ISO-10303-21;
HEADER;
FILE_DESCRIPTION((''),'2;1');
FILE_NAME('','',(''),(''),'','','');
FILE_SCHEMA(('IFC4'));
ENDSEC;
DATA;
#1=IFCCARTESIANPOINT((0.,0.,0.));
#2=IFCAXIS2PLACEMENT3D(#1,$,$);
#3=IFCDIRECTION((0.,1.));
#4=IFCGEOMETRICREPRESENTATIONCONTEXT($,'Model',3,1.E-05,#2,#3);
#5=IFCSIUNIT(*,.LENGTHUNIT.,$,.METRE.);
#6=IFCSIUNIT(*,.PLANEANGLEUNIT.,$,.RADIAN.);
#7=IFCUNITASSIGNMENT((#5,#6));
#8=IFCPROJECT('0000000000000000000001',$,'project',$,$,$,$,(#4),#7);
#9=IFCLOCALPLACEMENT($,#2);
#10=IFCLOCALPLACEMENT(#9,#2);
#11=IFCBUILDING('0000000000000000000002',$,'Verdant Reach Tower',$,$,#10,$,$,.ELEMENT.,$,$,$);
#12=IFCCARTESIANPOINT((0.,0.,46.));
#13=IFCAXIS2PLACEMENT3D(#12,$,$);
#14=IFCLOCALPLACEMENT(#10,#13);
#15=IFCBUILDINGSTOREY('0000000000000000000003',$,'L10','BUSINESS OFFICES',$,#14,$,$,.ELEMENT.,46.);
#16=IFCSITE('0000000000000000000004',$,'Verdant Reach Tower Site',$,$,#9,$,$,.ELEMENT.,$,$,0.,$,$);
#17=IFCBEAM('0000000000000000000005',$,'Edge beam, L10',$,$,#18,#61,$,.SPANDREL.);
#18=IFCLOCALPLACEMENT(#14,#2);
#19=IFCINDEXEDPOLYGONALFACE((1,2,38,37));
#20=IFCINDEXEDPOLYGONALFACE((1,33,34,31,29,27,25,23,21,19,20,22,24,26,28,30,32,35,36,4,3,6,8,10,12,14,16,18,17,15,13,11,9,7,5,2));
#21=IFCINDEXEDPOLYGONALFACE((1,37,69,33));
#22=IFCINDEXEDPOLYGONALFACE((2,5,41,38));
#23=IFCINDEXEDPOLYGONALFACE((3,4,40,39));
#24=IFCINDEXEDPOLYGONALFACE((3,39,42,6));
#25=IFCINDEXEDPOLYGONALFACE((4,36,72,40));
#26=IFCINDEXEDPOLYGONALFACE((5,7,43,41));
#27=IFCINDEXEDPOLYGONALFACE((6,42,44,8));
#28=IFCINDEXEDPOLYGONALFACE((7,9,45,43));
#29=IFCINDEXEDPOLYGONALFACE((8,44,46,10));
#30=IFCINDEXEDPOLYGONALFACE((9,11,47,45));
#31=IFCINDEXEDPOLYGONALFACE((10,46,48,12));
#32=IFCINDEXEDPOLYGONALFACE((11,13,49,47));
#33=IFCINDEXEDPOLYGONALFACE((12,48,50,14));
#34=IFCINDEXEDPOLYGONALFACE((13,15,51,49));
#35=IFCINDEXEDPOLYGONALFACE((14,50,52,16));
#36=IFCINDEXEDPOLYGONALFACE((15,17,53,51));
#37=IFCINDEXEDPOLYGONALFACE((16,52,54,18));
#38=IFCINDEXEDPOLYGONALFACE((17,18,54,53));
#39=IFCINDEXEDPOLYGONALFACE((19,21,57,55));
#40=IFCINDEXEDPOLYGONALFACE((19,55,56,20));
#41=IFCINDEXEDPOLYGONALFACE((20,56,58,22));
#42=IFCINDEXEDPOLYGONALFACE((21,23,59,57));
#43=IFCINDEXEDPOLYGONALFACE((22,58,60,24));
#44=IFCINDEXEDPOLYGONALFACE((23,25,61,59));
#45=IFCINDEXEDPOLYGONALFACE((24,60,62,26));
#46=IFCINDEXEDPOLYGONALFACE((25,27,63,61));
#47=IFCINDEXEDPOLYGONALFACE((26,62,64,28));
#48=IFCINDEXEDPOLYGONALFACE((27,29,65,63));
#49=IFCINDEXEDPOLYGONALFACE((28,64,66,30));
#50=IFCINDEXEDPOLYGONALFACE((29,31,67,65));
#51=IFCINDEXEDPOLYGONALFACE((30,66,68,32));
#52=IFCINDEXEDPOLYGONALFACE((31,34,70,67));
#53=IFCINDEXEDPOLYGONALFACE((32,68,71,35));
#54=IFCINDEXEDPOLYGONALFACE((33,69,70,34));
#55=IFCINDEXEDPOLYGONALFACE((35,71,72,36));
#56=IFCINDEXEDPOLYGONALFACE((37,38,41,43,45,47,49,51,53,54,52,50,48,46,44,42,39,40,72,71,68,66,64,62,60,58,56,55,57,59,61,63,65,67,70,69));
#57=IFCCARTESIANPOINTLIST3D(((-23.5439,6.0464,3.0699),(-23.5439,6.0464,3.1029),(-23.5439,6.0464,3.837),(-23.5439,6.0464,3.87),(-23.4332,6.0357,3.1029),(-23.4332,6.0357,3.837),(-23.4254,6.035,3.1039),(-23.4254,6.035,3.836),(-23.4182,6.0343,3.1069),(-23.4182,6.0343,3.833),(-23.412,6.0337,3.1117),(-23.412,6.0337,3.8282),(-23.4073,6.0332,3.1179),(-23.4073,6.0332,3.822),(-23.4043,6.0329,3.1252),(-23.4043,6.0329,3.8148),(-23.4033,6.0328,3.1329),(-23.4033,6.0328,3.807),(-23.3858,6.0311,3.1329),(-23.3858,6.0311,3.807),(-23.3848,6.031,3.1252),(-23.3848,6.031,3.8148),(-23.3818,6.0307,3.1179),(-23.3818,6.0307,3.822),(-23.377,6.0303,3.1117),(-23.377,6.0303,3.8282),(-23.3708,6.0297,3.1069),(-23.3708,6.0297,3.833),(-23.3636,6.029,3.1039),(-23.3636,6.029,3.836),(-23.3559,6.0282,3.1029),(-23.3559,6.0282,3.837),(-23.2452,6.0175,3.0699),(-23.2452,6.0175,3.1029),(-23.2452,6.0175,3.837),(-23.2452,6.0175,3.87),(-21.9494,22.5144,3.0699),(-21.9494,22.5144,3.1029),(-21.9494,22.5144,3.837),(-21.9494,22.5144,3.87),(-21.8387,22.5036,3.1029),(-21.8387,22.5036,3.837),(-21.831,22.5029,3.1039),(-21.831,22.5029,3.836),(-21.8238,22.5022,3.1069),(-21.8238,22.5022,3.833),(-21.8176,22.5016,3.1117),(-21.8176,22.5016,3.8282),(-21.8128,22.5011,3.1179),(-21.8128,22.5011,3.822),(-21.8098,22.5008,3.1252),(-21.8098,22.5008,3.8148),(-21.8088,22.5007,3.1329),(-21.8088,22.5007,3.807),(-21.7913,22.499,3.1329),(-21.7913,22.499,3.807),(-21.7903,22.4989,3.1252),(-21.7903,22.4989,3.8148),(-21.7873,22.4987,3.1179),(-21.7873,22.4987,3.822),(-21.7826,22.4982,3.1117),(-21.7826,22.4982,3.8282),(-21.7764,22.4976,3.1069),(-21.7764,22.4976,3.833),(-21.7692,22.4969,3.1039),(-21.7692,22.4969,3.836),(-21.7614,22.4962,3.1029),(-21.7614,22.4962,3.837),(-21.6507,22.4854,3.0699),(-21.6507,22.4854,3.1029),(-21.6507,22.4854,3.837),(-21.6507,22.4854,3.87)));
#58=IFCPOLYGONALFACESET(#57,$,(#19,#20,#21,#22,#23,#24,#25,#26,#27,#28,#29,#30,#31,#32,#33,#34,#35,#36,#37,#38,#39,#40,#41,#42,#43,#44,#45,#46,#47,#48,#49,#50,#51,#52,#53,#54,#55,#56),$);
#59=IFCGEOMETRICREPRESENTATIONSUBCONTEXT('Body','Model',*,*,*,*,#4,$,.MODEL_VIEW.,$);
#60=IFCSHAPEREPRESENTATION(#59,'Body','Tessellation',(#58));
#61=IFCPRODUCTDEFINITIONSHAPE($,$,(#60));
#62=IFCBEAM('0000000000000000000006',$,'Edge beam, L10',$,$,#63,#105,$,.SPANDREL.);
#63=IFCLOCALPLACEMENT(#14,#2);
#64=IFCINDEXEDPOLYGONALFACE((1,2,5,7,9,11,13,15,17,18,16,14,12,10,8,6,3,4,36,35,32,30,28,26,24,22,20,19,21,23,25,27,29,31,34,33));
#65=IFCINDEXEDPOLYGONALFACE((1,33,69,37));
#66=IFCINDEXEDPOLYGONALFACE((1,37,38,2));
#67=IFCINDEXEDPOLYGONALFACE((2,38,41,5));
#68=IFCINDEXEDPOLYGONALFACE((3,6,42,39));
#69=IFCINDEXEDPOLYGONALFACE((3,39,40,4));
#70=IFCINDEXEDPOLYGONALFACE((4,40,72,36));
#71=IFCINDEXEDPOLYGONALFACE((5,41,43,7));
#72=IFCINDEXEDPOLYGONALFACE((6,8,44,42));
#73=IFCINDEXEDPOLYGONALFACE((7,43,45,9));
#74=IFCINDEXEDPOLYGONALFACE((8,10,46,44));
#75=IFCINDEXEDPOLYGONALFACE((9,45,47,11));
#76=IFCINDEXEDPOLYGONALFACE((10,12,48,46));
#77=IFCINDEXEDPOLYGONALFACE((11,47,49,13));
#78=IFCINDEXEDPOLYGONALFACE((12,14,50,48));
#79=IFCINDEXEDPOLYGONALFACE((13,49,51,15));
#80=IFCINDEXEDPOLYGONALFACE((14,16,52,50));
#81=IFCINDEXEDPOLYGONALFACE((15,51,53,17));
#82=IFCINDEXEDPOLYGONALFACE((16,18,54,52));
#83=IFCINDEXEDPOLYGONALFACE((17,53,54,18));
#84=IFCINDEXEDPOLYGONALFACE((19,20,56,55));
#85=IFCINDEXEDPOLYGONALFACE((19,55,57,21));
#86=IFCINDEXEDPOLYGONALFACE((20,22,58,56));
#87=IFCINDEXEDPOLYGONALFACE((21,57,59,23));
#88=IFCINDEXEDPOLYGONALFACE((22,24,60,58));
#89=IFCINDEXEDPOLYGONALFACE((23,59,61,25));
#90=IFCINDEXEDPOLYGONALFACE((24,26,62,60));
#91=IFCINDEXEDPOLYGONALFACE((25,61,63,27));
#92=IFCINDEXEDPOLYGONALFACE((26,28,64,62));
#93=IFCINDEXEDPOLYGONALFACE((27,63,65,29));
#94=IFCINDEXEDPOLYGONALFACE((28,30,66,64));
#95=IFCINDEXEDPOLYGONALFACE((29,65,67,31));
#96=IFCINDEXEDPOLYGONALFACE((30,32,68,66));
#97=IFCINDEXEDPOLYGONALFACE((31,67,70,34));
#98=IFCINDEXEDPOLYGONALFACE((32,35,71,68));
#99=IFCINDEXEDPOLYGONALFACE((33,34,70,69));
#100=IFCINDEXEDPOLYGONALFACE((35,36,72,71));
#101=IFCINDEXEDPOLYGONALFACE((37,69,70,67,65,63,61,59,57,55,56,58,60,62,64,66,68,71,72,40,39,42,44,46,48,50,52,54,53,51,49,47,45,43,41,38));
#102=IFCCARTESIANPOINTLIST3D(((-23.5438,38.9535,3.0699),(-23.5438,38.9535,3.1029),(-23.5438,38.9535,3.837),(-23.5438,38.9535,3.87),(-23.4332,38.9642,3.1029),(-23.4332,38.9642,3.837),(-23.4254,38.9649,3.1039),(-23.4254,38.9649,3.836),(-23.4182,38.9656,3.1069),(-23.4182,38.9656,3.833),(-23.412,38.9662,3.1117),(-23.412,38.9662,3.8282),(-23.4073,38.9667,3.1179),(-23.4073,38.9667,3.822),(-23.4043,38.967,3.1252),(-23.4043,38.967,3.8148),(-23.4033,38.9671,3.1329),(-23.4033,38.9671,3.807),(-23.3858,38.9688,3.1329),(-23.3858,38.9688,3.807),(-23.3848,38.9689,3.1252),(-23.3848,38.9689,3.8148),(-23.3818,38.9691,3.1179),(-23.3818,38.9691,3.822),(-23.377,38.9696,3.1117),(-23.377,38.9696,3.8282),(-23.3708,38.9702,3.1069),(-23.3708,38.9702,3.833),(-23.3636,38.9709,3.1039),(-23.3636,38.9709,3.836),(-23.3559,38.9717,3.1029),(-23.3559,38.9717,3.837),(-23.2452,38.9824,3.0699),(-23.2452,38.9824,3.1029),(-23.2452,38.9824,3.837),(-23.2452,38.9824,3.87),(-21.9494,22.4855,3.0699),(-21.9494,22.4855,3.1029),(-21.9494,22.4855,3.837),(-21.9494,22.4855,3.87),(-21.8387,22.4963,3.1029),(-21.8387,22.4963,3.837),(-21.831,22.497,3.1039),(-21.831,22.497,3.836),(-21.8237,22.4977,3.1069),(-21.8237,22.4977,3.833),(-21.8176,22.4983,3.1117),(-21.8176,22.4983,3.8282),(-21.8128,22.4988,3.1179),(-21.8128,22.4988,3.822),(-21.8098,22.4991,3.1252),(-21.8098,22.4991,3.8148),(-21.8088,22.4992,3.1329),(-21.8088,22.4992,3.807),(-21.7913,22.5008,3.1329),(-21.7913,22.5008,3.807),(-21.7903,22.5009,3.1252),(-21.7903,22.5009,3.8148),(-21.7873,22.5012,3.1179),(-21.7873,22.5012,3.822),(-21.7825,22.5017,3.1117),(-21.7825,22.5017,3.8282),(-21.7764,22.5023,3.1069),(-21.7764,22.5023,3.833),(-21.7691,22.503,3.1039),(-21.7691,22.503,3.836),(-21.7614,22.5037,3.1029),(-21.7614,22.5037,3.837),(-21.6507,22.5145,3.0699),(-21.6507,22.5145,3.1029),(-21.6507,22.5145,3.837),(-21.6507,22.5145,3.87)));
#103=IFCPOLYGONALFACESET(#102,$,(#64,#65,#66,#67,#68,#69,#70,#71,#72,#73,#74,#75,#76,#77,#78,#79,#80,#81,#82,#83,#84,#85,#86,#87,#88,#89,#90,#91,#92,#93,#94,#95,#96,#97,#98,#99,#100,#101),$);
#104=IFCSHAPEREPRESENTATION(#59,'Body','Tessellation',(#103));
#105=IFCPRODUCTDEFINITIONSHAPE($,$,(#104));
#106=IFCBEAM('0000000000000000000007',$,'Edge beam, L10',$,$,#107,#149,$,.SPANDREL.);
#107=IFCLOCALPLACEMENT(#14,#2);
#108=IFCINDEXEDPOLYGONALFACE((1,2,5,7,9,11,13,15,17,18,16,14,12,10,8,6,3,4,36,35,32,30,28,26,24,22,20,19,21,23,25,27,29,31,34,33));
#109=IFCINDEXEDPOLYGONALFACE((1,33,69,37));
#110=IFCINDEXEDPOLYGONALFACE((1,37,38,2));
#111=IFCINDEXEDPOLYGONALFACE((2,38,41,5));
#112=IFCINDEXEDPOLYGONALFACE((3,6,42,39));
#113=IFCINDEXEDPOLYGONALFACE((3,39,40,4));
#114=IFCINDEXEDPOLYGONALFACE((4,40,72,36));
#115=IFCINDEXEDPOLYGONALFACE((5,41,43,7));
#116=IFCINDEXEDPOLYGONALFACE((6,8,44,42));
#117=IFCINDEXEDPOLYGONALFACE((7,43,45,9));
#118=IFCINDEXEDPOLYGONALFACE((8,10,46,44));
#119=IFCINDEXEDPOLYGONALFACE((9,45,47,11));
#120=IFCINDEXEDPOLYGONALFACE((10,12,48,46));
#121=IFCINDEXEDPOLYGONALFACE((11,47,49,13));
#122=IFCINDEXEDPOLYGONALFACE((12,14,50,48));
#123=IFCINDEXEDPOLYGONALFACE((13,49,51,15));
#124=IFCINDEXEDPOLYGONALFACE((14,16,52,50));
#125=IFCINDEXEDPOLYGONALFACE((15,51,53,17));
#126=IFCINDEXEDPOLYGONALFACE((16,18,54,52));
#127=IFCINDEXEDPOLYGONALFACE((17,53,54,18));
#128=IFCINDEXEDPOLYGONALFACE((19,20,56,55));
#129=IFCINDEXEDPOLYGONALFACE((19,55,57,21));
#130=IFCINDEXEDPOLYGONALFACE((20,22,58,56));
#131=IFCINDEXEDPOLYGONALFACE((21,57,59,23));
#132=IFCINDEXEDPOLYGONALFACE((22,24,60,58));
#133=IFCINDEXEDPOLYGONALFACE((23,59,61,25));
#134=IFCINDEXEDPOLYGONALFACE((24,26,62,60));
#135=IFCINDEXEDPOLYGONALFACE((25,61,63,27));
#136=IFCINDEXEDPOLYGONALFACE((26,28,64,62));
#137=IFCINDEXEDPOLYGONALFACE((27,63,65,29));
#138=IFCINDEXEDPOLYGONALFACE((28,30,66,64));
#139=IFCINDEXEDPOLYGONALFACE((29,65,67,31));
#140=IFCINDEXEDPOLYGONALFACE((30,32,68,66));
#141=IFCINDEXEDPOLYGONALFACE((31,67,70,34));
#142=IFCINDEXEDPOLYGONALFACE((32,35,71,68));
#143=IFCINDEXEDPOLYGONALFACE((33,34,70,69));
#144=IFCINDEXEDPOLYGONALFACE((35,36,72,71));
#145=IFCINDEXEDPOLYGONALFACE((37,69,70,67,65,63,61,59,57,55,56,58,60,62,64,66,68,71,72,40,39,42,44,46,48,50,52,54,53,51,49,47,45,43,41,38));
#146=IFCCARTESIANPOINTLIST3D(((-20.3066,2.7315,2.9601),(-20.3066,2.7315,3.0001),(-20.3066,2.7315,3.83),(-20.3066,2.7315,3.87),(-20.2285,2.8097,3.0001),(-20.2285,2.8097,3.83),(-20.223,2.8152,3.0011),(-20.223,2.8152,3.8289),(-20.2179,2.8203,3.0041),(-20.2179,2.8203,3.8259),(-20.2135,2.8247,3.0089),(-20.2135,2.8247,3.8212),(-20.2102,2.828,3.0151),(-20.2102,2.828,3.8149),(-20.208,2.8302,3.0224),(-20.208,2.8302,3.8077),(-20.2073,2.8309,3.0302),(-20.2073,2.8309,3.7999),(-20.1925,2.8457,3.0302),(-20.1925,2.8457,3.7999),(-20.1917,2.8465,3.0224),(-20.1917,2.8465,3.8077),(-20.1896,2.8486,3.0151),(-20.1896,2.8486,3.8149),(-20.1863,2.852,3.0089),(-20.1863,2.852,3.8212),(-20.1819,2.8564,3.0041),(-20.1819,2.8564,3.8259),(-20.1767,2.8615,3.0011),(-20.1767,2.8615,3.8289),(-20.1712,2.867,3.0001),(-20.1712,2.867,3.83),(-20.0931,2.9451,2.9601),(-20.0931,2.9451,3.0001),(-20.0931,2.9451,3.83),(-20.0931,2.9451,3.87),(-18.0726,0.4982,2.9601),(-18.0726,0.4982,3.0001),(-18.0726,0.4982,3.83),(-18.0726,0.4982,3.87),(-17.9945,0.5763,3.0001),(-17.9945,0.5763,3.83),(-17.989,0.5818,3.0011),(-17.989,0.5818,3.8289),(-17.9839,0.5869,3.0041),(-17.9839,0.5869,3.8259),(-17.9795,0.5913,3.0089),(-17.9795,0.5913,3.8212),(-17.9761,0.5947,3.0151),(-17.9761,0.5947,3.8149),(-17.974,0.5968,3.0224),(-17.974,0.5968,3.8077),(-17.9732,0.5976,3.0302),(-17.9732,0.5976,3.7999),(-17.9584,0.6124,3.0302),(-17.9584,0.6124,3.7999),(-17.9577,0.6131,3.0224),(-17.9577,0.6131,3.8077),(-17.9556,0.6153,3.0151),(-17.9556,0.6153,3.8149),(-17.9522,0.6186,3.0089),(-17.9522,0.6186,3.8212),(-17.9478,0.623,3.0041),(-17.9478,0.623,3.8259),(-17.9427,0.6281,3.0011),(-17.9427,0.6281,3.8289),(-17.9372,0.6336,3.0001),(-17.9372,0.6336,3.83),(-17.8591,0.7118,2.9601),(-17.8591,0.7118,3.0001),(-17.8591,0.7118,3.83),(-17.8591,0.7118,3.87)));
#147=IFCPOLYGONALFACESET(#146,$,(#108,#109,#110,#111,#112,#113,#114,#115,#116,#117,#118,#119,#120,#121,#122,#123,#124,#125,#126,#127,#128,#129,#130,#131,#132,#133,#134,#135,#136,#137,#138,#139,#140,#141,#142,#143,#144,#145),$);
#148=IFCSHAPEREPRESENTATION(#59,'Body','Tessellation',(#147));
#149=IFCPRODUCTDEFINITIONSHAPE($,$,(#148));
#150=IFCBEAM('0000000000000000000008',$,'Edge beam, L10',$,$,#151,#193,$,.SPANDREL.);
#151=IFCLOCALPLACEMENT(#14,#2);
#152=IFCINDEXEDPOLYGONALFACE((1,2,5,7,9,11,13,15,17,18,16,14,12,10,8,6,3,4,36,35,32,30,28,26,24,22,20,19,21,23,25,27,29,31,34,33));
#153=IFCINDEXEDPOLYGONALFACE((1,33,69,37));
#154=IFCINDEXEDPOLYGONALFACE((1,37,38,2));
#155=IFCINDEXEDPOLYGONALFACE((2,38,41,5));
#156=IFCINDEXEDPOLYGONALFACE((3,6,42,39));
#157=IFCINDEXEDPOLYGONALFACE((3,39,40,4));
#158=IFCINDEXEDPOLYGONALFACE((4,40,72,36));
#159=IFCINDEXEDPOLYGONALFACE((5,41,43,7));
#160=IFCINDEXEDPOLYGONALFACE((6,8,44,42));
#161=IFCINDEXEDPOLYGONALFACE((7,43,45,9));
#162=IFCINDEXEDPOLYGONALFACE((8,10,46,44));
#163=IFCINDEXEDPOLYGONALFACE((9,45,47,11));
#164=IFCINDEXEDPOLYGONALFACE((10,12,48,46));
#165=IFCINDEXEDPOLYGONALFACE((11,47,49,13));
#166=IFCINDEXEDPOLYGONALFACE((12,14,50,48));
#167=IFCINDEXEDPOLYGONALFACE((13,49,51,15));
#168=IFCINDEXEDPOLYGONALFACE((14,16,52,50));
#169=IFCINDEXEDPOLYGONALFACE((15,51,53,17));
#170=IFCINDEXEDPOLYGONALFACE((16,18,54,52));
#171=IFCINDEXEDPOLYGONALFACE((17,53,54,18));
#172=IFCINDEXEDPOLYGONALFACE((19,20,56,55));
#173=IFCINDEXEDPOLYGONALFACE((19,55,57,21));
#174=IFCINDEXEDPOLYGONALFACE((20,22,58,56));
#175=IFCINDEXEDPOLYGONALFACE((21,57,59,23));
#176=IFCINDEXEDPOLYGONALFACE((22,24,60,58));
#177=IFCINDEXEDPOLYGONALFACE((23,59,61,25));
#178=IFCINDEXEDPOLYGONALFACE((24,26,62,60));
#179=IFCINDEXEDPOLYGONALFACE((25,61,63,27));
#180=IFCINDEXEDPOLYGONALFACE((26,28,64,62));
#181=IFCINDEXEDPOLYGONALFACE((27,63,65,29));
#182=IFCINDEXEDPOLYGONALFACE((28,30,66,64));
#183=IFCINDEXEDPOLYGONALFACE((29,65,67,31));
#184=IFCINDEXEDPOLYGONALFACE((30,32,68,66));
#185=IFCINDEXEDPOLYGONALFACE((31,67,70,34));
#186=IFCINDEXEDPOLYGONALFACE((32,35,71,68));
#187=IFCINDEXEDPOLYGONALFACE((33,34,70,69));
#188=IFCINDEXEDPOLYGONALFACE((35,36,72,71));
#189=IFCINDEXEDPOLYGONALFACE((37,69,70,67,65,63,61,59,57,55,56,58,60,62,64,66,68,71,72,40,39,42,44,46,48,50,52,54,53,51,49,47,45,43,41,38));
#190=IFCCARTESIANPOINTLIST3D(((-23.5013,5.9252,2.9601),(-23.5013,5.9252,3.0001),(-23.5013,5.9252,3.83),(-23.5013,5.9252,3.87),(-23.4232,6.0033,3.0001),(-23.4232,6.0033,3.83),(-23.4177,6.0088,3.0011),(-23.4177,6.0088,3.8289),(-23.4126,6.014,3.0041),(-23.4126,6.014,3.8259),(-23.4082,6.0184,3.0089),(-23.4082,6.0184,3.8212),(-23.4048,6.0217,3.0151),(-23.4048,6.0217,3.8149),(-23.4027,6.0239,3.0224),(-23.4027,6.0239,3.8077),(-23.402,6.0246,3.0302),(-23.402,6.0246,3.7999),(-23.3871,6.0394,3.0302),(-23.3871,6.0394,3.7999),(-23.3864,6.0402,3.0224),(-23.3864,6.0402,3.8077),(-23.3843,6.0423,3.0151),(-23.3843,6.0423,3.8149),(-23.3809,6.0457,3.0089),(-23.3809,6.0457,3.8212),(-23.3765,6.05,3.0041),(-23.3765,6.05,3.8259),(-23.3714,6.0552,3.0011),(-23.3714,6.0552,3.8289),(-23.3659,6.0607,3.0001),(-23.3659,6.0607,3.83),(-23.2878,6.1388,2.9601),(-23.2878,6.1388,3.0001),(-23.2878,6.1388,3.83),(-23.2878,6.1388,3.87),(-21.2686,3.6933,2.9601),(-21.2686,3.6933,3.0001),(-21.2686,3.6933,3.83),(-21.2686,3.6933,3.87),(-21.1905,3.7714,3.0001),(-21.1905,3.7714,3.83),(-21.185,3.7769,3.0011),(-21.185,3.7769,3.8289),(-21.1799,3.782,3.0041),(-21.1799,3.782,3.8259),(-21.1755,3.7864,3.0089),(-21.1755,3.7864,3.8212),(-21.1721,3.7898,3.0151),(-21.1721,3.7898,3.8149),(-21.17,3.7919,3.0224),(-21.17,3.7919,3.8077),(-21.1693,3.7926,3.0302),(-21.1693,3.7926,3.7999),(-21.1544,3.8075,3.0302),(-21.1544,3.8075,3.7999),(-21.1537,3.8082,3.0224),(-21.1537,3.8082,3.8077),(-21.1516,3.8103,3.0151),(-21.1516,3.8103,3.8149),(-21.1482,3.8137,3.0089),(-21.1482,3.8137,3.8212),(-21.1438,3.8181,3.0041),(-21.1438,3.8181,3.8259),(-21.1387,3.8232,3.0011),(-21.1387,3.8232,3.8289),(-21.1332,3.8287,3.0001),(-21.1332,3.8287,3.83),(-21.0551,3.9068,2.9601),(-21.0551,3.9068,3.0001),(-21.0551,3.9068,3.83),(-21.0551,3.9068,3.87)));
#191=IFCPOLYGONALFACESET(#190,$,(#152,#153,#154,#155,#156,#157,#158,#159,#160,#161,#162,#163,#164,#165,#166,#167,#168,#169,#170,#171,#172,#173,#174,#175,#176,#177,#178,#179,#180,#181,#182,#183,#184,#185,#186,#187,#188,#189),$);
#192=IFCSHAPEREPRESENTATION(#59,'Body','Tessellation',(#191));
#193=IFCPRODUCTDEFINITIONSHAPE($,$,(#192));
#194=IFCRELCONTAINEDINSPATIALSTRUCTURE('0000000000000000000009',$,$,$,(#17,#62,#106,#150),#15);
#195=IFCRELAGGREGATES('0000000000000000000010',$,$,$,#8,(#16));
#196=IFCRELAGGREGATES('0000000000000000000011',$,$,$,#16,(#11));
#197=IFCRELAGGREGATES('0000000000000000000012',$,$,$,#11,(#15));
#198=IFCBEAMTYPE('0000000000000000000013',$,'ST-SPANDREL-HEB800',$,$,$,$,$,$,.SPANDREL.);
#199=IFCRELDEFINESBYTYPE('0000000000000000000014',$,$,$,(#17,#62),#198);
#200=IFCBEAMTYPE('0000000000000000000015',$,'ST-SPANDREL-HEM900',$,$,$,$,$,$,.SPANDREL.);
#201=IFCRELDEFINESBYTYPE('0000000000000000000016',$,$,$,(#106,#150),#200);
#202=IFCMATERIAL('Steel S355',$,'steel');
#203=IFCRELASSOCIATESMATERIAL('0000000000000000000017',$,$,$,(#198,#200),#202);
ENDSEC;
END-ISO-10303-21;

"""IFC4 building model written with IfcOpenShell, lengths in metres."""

from ifc_helpers import new_model, si_unit, direction, frame, origin, origin_2d, place, context, subcontext, project, spatial, i_section, extrude, material, material_profile, profile_set, type_object, element, save


model = new_model("IFC4")

# Units and contexts
model_context = context("Model", 3, precision=1e-05, world=origin(), true_north=direction((0.0, 1.0)))
body_context = subcontext(model_context, "Body", "Model", "MODEL_VIEW")
ifc_project = project(units=[si_unit("LENGTHUNIT", "METRE"), si_unit("PLANEANGLEUNIT", "RADIAN")], contexts=[model_context])

# Site, building, storey
site_placement = place(None, origin())
site = spatial("IfcSite", under=ifc_project, at=site_placement, Name="Verdant Reach Tower Site", CompositionType="ELEMENT", RefElevation=0.0)
building_placement = place(site_placement, origin())
building = spatial("IfcBuilding", under=site, at=building_placement, Name="Verdant Reach Tower", CompositionType="ELEMENT")
storey_placement = place(building_placement, frame((0.0, 0.0, 46.0)))
storey = spatial("IfcBuildingStorey", under=building, at=storey_placement, Name="L10", Description="BUSINESS OFFICES", CompositionType="ELEMENT", Elevation=46.0)

# Beams
ifc_material_1 = material(Name="Steel S355", Category="steel")
ifc_material_profile_1 = material_profile(ifc_material_1, i_section(OverallWidth=0.3, OverallDepth=0.8, WebThickness=0.0176, FlangeThickness=0.033, FilletRadius=0.03, at=origin_2d()), Name="HEB 800")
ifc_profile_set_1 = profile_set([ifc_material_profile_1], Name="Steel S355")
beam_type_1 = type_object("IfcBeamType", Name="ST-SPANDREL-HEB800", PredefinedType="SPANDREL", material=ifc_profile_set_1)
for number, where, z_axis, x_axis, name in (
    (1, (-23.3945, 6.032, 3.47), (0.096372, 0.995345, 0.0), (-0.995345, 0.096372, 0.0), "Edge beam, L10"),
    (2, (-21.8, 22.5, 3.47), (-0.096372, 0.995345, 0.0), (-0.995345, -0.096372, 0.0), "Edge beam, L10"),
):
    element("IfcBeam", number, at=place(storey_placement, frame(where, z_axis=z_axis, x_axis=x_axis)), inside=storey, type_object=beam_type_1, Name=name, PredefinedType="SPANDREL", context=body_context, shape_type="SweptSolid", body=[
        extrude(i_section(OverallWidth=0.3, OverallDepth=0.8, WebThickness=0.0176, FlangeThickness=0.033, FilletRadius=0.03, at=origin_2d()), origin(), (0.0, 0.0, 1.0), 16.5449),
    ])
ifc_material_profile_2 = material_profile(ifc_material_1, i_section(OverallWidth=0.302, OverallDepth=0.9099, WebThickness=0.021, FlangeThickness=0.04, FilletRadius=0.03, at=origin_2d()), Name="HEM 900")
ifc_profile_set_2 = profile_set([ifc_material_profile_2], Name="Steel S355")
beam_type_2 = type_object("IfcBeamType", Name="ST-SPANDREL-HEM900", PredefinedType="SPANDREL", material=ifc_profile_set_2)
beam_1_placement = place(storey_placement, frame((-17.9658, 0.605, 3.415), z_axis=(-0.707223, 0.706991, 0.0), x_axis=(-0.706991, -0.707223, 0.0)))
element("IfcBeam", 3, at=beam_1_placement, inside=storey, type_object=beam_type_2, Name="Edge beam, L10", PredefinedType="SPANDREL", context=body_context, shape_type="SweptSolid", body=[
    extrude(i_section(OverallWidth=0.302, OverallDepth=0.9099, WebThickness=0.021, FlangeThickness=0.04, FilletRadius=0.03, at=origin_2d()), origin(), (0.0, 0.0, 1.0), 3.1589),
])
beam_2_placement = place(storey_placement, frame((-21.1619, 3.8, 3.415), z_axis=(-0.707223, 0.706991, 0.0), x_axis=(-0.706991, -0.707223, 0.0)))
element("IfcBeam", 4, at=beam_2_placement, inside=storey, type_object=beam_type_2, Name="Edge beam, L10", PredefinedType="SPANDREL", context=body_context, shape_type="SweptSolid", body=[
    extrude(i_section(OverallWidth=0.302, OverallDepth=0.9099, WebThickness=0.021, FlangeThickness=0.04, FilletRadius=0.03, at=origin_2d()), origin(), (0.0, 0.0, 1.0), 3.157),
])

save(model, "model.ifc")
